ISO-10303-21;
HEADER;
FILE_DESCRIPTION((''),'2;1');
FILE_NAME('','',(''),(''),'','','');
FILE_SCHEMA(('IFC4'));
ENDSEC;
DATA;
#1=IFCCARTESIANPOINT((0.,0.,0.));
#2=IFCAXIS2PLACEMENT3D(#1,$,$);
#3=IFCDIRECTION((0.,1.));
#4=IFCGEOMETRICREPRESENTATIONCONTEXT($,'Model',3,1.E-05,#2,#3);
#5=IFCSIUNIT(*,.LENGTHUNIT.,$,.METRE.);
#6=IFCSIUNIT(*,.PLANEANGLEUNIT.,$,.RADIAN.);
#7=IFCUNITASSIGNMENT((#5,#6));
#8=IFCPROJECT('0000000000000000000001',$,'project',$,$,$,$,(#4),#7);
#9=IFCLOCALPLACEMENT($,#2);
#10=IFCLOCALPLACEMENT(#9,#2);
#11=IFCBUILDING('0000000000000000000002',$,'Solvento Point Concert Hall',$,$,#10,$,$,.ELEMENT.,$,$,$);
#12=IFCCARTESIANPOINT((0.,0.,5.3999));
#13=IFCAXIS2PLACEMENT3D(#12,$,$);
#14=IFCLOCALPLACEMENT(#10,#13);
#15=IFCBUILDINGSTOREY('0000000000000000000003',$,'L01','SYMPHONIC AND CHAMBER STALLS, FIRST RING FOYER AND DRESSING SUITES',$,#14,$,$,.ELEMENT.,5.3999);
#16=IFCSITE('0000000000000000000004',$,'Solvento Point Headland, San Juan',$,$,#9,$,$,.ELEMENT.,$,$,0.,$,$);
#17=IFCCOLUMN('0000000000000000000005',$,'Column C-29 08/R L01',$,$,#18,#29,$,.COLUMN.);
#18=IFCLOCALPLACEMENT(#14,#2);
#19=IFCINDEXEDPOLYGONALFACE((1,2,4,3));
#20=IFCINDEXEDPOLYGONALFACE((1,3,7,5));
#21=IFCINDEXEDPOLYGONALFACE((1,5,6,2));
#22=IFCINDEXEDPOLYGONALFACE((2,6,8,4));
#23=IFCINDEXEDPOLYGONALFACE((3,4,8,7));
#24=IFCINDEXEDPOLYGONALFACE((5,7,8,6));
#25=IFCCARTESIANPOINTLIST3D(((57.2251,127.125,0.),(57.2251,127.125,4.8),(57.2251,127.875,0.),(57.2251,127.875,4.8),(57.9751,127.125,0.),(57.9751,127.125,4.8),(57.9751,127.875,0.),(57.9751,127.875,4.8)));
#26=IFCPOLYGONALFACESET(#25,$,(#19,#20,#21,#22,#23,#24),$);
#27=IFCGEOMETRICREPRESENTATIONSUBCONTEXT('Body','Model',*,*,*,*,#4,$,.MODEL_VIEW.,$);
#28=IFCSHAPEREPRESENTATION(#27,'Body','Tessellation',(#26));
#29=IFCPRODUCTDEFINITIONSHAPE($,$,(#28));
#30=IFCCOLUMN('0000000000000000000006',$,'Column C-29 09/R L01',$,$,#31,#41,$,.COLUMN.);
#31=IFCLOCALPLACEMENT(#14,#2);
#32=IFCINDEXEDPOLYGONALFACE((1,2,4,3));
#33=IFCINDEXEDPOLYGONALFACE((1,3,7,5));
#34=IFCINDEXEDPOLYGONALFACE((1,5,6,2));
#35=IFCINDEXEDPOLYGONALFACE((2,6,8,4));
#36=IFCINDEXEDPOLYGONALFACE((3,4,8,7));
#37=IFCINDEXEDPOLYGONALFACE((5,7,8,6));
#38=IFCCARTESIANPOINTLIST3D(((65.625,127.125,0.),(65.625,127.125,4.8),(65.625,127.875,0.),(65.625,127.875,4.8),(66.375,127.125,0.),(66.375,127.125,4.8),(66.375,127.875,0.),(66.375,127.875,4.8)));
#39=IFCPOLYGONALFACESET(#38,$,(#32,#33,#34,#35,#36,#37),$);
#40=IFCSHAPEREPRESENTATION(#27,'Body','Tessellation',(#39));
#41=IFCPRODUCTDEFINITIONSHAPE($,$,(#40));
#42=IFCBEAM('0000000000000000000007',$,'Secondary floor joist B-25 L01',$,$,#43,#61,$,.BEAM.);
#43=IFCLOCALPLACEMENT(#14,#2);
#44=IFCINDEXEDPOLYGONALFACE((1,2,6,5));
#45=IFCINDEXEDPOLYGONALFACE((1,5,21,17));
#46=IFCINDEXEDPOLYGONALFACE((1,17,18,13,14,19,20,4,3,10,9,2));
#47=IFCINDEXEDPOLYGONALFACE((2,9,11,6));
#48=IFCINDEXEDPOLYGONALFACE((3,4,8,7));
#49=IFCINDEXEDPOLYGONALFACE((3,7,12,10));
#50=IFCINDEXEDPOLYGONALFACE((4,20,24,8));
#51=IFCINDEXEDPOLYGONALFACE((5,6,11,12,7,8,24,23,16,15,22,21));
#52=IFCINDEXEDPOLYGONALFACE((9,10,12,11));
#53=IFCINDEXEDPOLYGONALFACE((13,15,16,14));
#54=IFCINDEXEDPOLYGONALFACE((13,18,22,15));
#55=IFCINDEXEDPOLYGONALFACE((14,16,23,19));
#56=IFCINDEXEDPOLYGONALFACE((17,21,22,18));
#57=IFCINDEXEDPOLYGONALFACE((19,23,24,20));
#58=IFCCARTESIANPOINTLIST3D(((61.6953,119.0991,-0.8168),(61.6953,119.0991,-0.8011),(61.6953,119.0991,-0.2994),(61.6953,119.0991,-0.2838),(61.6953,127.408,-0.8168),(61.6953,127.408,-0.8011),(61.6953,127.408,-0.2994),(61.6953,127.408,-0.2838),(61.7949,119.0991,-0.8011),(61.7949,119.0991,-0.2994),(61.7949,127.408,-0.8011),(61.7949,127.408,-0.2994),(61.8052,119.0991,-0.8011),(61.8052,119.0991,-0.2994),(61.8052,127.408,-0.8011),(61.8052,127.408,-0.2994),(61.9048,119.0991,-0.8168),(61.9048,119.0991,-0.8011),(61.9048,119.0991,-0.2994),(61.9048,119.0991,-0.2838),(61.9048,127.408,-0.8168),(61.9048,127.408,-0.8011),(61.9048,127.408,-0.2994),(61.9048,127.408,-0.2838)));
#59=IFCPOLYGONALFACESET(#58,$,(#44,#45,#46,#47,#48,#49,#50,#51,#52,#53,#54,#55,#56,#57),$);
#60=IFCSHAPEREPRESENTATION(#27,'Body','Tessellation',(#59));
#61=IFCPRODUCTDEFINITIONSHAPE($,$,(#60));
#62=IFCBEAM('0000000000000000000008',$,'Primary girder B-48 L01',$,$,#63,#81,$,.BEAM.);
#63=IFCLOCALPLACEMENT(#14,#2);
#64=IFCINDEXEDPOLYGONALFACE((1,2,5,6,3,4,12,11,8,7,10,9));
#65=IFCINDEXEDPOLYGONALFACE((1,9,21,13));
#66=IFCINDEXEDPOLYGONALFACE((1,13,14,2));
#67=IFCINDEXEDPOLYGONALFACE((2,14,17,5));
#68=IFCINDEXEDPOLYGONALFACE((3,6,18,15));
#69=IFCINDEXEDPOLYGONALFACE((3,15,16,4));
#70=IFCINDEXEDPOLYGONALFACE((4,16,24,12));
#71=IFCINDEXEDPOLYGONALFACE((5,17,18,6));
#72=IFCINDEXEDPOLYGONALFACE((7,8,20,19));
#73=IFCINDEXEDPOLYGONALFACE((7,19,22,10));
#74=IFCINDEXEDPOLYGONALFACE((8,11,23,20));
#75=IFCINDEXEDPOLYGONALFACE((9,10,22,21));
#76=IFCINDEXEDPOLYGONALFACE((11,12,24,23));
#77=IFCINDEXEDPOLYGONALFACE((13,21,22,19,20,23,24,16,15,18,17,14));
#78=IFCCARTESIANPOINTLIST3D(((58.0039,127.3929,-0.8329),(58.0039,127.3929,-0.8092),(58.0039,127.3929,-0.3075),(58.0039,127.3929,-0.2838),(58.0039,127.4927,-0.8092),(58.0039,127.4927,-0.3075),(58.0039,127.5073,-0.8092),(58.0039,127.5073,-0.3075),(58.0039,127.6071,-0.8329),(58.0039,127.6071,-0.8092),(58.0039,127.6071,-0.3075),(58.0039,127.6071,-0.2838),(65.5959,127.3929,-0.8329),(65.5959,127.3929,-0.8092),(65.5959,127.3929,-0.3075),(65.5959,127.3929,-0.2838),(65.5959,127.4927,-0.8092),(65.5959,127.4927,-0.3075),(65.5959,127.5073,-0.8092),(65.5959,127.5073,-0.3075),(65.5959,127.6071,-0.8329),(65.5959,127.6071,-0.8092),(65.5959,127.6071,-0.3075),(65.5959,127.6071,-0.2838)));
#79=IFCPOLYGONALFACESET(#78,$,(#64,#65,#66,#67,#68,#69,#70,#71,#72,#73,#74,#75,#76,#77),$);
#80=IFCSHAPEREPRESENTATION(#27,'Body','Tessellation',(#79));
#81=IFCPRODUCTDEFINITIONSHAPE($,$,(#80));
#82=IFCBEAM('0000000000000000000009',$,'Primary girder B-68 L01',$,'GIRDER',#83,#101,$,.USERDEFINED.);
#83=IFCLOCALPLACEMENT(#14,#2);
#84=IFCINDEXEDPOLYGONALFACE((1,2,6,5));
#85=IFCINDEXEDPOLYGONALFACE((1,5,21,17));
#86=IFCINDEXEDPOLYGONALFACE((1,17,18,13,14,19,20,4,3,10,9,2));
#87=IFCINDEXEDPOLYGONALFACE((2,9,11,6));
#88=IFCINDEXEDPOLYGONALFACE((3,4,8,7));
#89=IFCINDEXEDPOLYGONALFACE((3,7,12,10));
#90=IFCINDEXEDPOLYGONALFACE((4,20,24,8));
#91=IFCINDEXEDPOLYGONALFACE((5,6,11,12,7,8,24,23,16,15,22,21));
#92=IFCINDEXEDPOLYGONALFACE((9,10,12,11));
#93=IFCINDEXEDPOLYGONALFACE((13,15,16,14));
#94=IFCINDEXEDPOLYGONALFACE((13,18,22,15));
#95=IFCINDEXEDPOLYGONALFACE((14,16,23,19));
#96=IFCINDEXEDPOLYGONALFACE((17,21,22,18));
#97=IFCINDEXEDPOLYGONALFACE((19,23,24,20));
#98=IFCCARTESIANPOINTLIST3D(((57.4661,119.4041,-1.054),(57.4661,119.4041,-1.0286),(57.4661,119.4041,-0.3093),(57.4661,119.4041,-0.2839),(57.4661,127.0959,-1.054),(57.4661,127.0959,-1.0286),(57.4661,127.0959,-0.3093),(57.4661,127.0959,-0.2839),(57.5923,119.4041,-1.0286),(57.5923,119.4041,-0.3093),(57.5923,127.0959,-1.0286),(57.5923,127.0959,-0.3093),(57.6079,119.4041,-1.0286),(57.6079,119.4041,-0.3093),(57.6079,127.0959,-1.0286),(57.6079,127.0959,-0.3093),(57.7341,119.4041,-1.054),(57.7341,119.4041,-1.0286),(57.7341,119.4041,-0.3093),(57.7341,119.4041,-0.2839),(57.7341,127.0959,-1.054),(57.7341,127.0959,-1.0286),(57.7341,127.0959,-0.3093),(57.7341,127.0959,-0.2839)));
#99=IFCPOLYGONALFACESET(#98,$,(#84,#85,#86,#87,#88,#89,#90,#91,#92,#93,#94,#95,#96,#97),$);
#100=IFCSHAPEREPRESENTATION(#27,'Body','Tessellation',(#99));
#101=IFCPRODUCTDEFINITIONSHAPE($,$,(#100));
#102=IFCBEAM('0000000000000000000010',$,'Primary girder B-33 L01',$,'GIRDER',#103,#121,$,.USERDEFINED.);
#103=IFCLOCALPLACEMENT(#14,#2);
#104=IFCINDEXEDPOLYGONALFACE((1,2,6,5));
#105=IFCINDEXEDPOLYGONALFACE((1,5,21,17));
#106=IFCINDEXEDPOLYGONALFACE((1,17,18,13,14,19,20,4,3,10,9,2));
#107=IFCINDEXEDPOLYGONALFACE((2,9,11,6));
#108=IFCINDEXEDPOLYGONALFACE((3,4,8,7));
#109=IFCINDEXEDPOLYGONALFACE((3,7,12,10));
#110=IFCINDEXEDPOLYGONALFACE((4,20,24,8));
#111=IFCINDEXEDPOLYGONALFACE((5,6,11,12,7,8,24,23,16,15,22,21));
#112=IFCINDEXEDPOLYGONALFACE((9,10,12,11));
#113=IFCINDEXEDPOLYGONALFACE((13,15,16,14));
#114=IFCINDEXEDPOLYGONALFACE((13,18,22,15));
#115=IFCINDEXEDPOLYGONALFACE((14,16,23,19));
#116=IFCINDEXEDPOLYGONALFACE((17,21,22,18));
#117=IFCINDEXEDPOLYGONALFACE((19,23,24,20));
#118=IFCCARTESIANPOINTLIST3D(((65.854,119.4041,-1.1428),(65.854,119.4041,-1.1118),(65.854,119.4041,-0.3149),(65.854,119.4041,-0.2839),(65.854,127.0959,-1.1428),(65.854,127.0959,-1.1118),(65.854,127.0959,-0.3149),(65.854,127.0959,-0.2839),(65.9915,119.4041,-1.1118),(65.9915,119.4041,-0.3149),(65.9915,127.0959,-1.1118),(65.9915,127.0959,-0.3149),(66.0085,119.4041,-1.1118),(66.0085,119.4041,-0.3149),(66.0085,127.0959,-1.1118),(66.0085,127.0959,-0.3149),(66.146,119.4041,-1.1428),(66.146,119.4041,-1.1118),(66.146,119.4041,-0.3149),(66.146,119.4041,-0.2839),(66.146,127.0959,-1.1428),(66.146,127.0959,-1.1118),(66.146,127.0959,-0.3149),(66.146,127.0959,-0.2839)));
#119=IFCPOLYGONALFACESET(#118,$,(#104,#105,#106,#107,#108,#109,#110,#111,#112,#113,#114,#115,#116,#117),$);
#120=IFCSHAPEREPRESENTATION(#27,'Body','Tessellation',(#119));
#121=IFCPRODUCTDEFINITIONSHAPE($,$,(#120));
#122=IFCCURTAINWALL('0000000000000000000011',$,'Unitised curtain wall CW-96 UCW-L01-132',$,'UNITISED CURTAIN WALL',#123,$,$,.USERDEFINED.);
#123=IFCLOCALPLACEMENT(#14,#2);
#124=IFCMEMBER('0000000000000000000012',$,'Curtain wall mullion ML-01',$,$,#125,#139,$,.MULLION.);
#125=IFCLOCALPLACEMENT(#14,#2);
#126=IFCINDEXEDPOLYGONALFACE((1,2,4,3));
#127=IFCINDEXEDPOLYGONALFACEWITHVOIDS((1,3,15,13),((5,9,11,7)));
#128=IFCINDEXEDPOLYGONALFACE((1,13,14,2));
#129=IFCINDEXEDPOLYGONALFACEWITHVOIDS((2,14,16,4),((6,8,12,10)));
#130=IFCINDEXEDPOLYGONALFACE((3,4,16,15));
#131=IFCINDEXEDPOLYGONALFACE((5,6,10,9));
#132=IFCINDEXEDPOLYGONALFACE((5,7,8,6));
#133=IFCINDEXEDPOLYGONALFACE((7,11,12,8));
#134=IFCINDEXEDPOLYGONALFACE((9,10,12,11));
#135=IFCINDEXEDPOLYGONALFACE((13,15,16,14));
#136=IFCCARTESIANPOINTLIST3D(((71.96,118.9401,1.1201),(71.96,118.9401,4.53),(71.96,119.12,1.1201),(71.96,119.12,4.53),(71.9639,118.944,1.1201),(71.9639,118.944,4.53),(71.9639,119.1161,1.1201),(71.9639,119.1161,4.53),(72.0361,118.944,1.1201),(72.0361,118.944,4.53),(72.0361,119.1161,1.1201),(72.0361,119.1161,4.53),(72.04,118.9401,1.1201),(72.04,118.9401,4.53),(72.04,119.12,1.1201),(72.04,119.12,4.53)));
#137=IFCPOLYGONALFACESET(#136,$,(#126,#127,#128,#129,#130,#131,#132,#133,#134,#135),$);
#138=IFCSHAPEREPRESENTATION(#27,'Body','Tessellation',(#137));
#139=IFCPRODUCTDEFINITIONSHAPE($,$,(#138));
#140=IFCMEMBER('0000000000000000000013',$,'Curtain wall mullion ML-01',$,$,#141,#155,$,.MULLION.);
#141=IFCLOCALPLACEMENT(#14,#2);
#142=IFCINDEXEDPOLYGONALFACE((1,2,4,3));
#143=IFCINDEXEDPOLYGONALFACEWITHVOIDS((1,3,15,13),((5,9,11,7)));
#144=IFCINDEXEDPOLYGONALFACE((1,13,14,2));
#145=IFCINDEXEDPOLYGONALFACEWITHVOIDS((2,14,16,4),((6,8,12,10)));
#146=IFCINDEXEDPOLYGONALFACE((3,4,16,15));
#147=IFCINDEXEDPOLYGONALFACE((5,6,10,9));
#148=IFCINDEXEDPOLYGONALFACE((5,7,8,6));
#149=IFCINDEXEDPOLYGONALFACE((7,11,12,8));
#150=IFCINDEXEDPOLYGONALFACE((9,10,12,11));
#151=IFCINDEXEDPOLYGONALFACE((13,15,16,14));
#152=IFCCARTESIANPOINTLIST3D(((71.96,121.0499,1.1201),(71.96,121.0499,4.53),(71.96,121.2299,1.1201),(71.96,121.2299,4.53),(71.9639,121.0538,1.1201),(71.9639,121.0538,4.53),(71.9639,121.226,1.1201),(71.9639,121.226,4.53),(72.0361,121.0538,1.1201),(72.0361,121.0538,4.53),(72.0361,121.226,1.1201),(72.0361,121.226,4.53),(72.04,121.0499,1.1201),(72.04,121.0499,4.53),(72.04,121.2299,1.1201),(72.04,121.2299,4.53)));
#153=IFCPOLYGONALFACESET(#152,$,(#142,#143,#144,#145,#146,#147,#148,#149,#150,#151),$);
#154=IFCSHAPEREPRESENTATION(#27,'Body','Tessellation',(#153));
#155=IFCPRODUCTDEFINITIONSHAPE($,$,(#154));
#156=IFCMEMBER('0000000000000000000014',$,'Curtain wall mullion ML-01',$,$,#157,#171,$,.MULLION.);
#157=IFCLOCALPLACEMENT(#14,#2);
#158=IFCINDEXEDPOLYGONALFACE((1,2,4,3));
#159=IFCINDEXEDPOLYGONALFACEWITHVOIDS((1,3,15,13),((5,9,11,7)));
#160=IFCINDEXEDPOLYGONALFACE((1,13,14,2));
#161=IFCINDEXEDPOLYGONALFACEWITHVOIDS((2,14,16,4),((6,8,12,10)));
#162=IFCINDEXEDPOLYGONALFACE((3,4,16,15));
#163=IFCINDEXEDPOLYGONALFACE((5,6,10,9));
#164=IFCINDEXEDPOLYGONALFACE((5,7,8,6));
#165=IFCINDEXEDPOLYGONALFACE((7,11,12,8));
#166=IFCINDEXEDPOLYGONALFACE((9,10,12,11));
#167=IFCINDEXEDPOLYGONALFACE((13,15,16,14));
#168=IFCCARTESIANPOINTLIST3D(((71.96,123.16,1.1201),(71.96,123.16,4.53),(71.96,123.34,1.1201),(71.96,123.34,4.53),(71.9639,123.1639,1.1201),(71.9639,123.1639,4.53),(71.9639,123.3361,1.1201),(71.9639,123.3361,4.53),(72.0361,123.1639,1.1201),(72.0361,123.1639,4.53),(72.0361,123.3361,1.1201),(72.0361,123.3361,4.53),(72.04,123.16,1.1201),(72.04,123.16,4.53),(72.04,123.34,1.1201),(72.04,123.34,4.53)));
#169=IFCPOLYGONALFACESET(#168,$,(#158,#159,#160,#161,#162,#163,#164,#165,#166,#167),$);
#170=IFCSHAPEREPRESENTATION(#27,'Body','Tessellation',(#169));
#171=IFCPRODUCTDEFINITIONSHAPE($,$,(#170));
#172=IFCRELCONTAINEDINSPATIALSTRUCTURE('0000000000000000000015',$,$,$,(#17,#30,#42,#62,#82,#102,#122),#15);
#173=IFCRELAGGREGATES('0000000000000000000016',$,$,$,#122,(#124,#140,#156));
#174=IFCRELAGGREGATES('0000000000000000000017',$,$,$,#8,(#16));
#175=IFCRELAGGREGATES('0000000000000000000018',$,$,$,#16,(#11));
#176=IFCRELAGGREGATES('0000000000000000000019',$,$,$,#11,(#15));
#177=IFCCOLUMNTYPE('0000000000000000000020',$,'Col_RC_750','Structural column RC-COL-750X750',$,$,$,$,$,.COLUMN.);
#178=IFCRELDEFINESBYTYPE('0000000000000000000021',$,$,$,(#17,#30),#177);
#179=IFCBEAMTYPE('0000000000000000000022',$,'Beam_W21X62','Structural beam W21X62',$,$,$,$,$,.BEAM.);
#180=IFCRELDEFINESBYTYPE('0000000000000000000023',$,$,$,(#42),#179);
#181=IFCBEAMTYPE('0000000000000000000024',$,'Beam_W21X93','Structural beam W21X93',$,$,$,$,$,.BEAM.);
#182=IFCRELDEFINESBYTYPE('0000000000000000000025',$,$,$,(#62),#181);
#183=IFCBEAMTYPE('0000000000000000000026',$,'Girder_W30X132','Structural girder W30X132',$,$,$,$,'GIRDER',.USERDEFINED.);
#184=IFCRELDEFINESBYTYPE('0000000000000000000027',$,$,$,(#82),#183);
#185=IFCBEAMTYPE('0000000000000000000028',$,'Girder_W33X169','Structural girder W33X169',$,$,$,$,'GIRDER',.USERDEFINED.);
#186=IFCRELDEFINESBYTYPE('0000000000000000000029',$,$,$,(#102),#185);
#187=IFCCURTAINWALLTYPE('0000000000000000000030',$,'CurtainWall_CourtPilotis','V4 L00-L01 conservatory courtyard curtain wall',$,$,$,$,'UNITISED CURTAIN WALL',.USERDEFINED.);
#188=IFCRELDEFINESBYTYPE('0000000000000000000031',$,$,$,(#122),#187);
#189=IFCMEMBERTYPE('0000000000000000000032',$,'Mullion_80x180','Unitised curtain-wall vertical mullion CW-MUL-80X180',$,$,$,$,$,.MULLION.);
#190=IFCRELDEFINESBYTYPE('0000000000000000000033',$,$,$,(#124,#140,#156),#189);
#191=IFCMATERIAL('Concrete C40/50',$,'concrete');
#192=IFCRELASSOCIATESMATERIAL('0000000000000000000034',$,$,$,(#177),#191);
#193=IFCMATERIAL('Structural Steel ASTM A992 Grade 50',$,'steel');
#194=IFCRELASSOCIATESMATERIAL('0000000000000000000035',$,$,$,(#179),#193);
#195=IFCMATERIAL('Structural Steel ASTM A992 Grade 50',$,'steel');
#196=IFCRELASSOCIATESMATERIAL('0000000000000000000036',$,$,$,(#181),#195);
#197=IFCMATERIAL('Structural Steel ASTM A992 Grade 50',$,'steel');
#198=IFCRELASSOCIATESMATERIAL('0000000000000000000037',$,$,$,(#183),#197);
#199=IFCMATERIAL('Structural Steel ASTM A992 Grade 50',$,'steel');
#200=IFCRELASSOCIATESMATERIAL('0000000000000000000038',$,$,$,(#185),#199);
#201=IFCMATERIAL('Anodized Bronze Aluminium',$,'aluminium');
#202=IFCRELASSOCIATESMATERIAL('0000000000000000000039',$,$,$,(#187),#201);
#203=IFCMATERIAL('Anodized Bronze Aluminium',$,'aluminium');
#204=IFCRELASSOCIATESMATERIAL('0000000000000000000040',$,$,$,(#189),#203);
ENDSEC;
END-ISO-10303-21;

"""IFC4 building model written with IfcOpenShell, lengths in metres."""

from ifc_helpers import new_model, si_unit, direction, frame, origin, origin_2d, place, context, subcontext, project, spatial, rectangle, hollow_rectangle, i_section, extrude, material, material_profile, profile_set, type_object, element, aggregate, save


model = new_model("IFC4")

# Units and contexts
model_context = context("Model", 3, precision=1e-05, world=origin(), true_north=direction((0.0, 1.0)))
body_context = subcontext(model_context, "Body", "Model", "MODEL_VIEW")
ifc_project = project(units=[si_unit("LENGTHUNIT", "METRE"), si_unit("PLANEANGLEUNIT", "RADIAN")], contexts=[model_context])

# Site, building, storey
site_placement = place(None, origin())
site = spatial("IfcSite", under=ifc_project, at=site_placement, Name="Solvento Point Headland, San Juan", CompositionType="ELEMENT", RefElevation=0.0)
building_placement = place(site_placement, origin())
building = spatial("IfcBuilding", under=site, at=building_placement, Name="Solvento Point Concert Hall", CompositionType="ELEMENT")
storey_placement = place(building_placement, frame((0.0, 0.0, 5.3999)))
storey = spatial("IfcBuildingStorey", under=building, at=storey_placement, Name="L01", Description="SYMPHONIC AND CHAMBER STALLS, FIRST RING FOYER AND DRESSING SUITES", CompositionType="ELEMENT", Elevation=5.3999)

# Columns
ifc_material_1 = material(Name="Concrete C40/50", Category="concrete")
ifc_material_profile_1 = material_profile(ifc_material_1, rectangle(XDim=0.75, YDim=0.75, at=origin_2d()), Name="RC-COL-750X750")
ifc_profile_set_1 = profile_set([ifc_material_profile_1], Name="Concrete C40/50")
column_type = type_object("IfcColumnType", Name="Col_RC_750", Description="Structural column RC-COL-750X750", PredefinedType="COLUMN", material=ifc_profile_set_1)
for number, where, z_axis, x_axis, name in (
    (1, (57.6001, 127.5, 0.0), (0.0, 0.0, 1.0), (1.0, 0.0, 0.0), "Column C-29 08/R L01"),
    (2, (66.0, 127.5, 0.0), (0.0, 0.0, 1.0), (1.0, 0.0, 0.0), "Column C-29 09/R L01"),
):
    element("IfcColumn", number, at=place(storey_placement, frame(where, z_axis=z_axis, x_axis=x_axis)), inside=storey, type_object=column_type, Name=name, PredefinedType="COLUMN", context=body_context, shape_type="SweptSolid", body=[
        extrude(rectangle(XDim=0.75, YDim=0.75, at=origin_2d()), origin(), (0.0, 0.0, 1.0), 4.8),
    ])

# Beams
ifc_material_2 = material(Name="Structural Steel ASTM A992 Grade 50", Category="steel")
ifc_material_profile_2 = material_profile(ifc_material_2, i_section(OverallWidth=0.2095, OverallDepth=0.533, WebThickness=0.0103, FlangeThickness=0.0156, at=origin_2d()), Name="W21X62")
ifc_profile_set_2 = profile_set([ifc_material_profile_2], Name="Structural Steel ASTM A992 Grade 50")
beam_type_1 = type_object("IfcBeamType", Name="Beam_W21X62", Description="Structural beam W21X62", PredefinedType="BEAM", material=ifc_profile_set_2)
beam_1_placement = place(storey_placement, frame((61.8, 119.0991, -0.5503), z_axis=(0.0, 1.0, 0.0), x_axis=(-1.0, 0.0, 0.0)))
element("IfcBeam", 3, at=beam_1_placement, inside=storey, type_object=beam_type_1, Name="Secondary floor joist B-25 L01", PredefinedType="BEAM", context=body_context, shape_type="SweptSolid", body=[
    extrude(i_section(OverallWidth=0.2095, OverallDepth=0.533, WebThickness=0.0103, FlangeThickness=0.0156, at=origin_2d()), origin(), (0.0, 0.0, 1.0), 8.3088),
])
ifc_material_3 = material(Name="Structural Steel ASTM A992 Grade 50", Category="steel")
ifc_material_profile_3 = material_profile(ifc_material_3, i_section(OverallWidth=0.2141, OverallDepth=0.5491, WebThickness=0.0146, FlangeThickness=0.0237, at=origin_2d()), Name="W21X93")
ifc_profile_set_3 = profile_set([ifc_material_profile_3], Name="Structural Steel ASTM A992 Grade 50")
beam_type_2 = type_object("IfcBeamType", Name="Beam_W21X93", Description="Structural beam W21X93", PredefinedType="BEAM", material=ifc_profile_set_3)
beam_2_placement = place(storey_placement, frame((58.0039, 127.5, -0.5583), z_axis=(1.0, 0.0, 0.0), x_axis=(0.0, 1.0, 0.0)))
element("IfcBeam", 4, at=beam_2_placement, inside=storey, type_object=beam_type_2, Name="Primary girder B-48 L01", PredefinedType="BEAM", context=body_context, shape_type="SweptSolid", body=[
    extrude(i_section(OverallWidth=0.2141, OverallDepth=0.5491, WebThickness=0.0146, FlangeThickness=0.0237, at=origin_2d()), origin(), (0.0, 0.0, 1.0), 7.592),
])
ifc_material_4 = material(Name="Structural Steel ASTM A992 Grade 50", Category="steel")
ifc_material_profile_4 = material_profile(ifc_material_4, i_section(OverallWidth=0.2681, OverallDepth=0.77, WebThickness=0.0156, FlangeThickness=0.0254, at=origin_2d()), Name="W30X132")
ifc_profile_set_4 = profile_set([ifc_material_profile_4], Name="Structural Steel ASTM A992 Grade 50")
beam_type_3 = type_object("IfcBeamType", Name="Girder_W30X132", Description="Structural girder W30X132", ElementType="GIRDER", PredefinedType="USERDEFINED", material=ifc_profile_set_4)
beam_3_placement = place(storey_placement, frame((57.6001, 119.4041, -0.6689), z_axis=(0.0, 1.0, 0.0), x_axis=(-1.0, 0.0, 0.0)))
element("IfcBeam", 5, at=beam_3_placement, inside=storey, type_object=beam_type_3, Name="Primary girder B-68 L01", ObjectType="GIRDER", PredefinedType="USERDEFINED", context=body_context, shape_type="SweptSolid", body=[
    extrude(i_section(OverallWidth=0.2681, OverallDepth=0.77, WebThickness=0.0156, FlangeThickness=0.0254, at=origin_2d()), origin(), (0.0, 0.0, 1.0), 7.6919),
])
ifc_material_5 = material(Name="Structural Steel ASTM A992 Grade 50", Category="steel")
ifc_material_profile_5 = material_profile(ifc_material_5, i_section(OverallWidth=0.292, OverallDepth=0.8589, WebThickness=0.0171, FlangeThickness=0.031, at=origin_2d()), Name="W33X169")
ifc_profile_set_5 = profile_set([ifc_material_profile_5], Name="Structural Steel ASTM A992 Grade 50")
beam_type_4 = type_object("IfcBeamType", Name="Girder_W33X169", Description="Structural girder W33X169", ElementType="GIRDER", PredefinedType="USERDEFINED", material=ifc_profile_set_5)
beam_4_placement = place(storey_placement, frame((66.0, 119.4041, -0.7134), z_axis=(0.0, 1.0, 0.0), x_axis=(-1.0, 0.0, 0.0)))
element("IfcBeam", 6, at=beam_4_placement, inside=storey, type_object=beam_type_4, Name="Primary girder B-33 L01", ObjectType="GIRDER", PredefinedType="USERDEFINED", context=body_context, shape_type="SweptSolid", body=[
    extrude(i_section(OverallWidth=0.292, OverallDepth=0.8589, WebThickness=0.0171, FlangeThickness=0.031, at=origin_2d()), origin(), (0.0, 0.0, 1.0), 7.6919),
])

# Curtain wall, members
ifc_material_6 = material(Name="Anodized Bronze Aluminium", Category="aluminium")
curtain_wall_type = type_object("IfcCurtainWallType", Name="CurtainWall_CourtPilotis", Description="V4 L00-L01 conservatory courtyard curtain wall", ElementType="UNITISED CURTAIN WALL", PredefinedType="USERDEFINED", material=ifc_material_6)
curtain_wall_1_placement = place(storey_placement, origin())
curtain_wall_1 = element("IfcCurtainWall", 7, at=curtain_wall_1_placement, inside=storey, type_object=curtain_wall_type, Name="Unitised curtain wall CW-96 UCW-L01-132", ObjectType="UNITISED CURTAIN WALL", PredefinedType="USERDEFINED")
ifc_material_7 = material(Name="Anodized Bronze Aluminium", Category="aluminium")
ifc_material_profile_6 = material_profile(ifc_material_7, hollow_rectangle(XDim=0.0801, YDim=0.1799, WallThickness=0.0039, at=origin_2d()), Name="CW-MUL-80X180")
ifc_profile_set_6 = profile_set([ifc_material_profile_6], Name="Anodized Bronze Aluminium")
member_type_1 = type_object("IfcMemberType", Name="Mullion_80x180", Description="Unitised curtain-wall vertical mullion CW-MUL-80X180", PredefinedType="MULLION", material=ifc_profile_set_6)
member_1_placement = place(storey_placement, frame((72.0, 119.03, 1.1201), z_axis=(0.0, 0.0, 1.0), x_axis=(1.0, 0.0, 0.0)))
member_1 = element("IfcMember", 8, at=member_1_placement, type_object=member_type_1, Name="Curtain wall mullion ML-01", PredefinedType="MULLION", context=body_context, shape_type="SweptSolid", body=[
    extrude(hollow_rectangle(XDim=0.0801, YDim=0.1799, WallThickness=0.0039, at=origin_2d()), origin(), (0.0, 0.0, 1.0), 3.4099),
])
member_2_placement = place(storey_placement, frame((72.0, 121.1399, 1.1201), z_axis=(0.0, 0.0, 1.0), x_axis=(1.0, 0.0, 0.0)))
member_2 = element("IfcMember", 9, at=member_2_placement, type_object=member_type_1, Name="Curtain wall mullion ML-01", PredefinedType="MULLION", context=body_context, shape_type="SweptSolid", body=[
    extrude(hollow_rectangle(XDim=0.0801, YDim=0.1799, WallThickness=0.0039, at=origin_2d()), origin(), (0.0, 0.0, 1.0), 3.4099),
])
member_3_placement = place(storey_placement, frame((72.0, 123.25, 1.1201), z_axis=(0.0, 0.0, 1.0), x_axis=(1.0, 0.0, 0.0)))
member_3 = element("IfcMember", 10, at=member_3_placement, type_object=member_type_1, Name="Curtain wall mullion ML-01", PredefinedType="MULLION", context=body_context, shape_type="SweptSolid", body=[
    extrude(hollow_rectangle(XDim=0.0801, YDim=0.1799, WallThickness=0.0039, at=origin_2d()), origin(), (0.0, 0.0, 1.0), 3.4099),
])

aggregate(curtain_wall_1, [member_1, member_2, member_3])

save(model, "model.ifc")
